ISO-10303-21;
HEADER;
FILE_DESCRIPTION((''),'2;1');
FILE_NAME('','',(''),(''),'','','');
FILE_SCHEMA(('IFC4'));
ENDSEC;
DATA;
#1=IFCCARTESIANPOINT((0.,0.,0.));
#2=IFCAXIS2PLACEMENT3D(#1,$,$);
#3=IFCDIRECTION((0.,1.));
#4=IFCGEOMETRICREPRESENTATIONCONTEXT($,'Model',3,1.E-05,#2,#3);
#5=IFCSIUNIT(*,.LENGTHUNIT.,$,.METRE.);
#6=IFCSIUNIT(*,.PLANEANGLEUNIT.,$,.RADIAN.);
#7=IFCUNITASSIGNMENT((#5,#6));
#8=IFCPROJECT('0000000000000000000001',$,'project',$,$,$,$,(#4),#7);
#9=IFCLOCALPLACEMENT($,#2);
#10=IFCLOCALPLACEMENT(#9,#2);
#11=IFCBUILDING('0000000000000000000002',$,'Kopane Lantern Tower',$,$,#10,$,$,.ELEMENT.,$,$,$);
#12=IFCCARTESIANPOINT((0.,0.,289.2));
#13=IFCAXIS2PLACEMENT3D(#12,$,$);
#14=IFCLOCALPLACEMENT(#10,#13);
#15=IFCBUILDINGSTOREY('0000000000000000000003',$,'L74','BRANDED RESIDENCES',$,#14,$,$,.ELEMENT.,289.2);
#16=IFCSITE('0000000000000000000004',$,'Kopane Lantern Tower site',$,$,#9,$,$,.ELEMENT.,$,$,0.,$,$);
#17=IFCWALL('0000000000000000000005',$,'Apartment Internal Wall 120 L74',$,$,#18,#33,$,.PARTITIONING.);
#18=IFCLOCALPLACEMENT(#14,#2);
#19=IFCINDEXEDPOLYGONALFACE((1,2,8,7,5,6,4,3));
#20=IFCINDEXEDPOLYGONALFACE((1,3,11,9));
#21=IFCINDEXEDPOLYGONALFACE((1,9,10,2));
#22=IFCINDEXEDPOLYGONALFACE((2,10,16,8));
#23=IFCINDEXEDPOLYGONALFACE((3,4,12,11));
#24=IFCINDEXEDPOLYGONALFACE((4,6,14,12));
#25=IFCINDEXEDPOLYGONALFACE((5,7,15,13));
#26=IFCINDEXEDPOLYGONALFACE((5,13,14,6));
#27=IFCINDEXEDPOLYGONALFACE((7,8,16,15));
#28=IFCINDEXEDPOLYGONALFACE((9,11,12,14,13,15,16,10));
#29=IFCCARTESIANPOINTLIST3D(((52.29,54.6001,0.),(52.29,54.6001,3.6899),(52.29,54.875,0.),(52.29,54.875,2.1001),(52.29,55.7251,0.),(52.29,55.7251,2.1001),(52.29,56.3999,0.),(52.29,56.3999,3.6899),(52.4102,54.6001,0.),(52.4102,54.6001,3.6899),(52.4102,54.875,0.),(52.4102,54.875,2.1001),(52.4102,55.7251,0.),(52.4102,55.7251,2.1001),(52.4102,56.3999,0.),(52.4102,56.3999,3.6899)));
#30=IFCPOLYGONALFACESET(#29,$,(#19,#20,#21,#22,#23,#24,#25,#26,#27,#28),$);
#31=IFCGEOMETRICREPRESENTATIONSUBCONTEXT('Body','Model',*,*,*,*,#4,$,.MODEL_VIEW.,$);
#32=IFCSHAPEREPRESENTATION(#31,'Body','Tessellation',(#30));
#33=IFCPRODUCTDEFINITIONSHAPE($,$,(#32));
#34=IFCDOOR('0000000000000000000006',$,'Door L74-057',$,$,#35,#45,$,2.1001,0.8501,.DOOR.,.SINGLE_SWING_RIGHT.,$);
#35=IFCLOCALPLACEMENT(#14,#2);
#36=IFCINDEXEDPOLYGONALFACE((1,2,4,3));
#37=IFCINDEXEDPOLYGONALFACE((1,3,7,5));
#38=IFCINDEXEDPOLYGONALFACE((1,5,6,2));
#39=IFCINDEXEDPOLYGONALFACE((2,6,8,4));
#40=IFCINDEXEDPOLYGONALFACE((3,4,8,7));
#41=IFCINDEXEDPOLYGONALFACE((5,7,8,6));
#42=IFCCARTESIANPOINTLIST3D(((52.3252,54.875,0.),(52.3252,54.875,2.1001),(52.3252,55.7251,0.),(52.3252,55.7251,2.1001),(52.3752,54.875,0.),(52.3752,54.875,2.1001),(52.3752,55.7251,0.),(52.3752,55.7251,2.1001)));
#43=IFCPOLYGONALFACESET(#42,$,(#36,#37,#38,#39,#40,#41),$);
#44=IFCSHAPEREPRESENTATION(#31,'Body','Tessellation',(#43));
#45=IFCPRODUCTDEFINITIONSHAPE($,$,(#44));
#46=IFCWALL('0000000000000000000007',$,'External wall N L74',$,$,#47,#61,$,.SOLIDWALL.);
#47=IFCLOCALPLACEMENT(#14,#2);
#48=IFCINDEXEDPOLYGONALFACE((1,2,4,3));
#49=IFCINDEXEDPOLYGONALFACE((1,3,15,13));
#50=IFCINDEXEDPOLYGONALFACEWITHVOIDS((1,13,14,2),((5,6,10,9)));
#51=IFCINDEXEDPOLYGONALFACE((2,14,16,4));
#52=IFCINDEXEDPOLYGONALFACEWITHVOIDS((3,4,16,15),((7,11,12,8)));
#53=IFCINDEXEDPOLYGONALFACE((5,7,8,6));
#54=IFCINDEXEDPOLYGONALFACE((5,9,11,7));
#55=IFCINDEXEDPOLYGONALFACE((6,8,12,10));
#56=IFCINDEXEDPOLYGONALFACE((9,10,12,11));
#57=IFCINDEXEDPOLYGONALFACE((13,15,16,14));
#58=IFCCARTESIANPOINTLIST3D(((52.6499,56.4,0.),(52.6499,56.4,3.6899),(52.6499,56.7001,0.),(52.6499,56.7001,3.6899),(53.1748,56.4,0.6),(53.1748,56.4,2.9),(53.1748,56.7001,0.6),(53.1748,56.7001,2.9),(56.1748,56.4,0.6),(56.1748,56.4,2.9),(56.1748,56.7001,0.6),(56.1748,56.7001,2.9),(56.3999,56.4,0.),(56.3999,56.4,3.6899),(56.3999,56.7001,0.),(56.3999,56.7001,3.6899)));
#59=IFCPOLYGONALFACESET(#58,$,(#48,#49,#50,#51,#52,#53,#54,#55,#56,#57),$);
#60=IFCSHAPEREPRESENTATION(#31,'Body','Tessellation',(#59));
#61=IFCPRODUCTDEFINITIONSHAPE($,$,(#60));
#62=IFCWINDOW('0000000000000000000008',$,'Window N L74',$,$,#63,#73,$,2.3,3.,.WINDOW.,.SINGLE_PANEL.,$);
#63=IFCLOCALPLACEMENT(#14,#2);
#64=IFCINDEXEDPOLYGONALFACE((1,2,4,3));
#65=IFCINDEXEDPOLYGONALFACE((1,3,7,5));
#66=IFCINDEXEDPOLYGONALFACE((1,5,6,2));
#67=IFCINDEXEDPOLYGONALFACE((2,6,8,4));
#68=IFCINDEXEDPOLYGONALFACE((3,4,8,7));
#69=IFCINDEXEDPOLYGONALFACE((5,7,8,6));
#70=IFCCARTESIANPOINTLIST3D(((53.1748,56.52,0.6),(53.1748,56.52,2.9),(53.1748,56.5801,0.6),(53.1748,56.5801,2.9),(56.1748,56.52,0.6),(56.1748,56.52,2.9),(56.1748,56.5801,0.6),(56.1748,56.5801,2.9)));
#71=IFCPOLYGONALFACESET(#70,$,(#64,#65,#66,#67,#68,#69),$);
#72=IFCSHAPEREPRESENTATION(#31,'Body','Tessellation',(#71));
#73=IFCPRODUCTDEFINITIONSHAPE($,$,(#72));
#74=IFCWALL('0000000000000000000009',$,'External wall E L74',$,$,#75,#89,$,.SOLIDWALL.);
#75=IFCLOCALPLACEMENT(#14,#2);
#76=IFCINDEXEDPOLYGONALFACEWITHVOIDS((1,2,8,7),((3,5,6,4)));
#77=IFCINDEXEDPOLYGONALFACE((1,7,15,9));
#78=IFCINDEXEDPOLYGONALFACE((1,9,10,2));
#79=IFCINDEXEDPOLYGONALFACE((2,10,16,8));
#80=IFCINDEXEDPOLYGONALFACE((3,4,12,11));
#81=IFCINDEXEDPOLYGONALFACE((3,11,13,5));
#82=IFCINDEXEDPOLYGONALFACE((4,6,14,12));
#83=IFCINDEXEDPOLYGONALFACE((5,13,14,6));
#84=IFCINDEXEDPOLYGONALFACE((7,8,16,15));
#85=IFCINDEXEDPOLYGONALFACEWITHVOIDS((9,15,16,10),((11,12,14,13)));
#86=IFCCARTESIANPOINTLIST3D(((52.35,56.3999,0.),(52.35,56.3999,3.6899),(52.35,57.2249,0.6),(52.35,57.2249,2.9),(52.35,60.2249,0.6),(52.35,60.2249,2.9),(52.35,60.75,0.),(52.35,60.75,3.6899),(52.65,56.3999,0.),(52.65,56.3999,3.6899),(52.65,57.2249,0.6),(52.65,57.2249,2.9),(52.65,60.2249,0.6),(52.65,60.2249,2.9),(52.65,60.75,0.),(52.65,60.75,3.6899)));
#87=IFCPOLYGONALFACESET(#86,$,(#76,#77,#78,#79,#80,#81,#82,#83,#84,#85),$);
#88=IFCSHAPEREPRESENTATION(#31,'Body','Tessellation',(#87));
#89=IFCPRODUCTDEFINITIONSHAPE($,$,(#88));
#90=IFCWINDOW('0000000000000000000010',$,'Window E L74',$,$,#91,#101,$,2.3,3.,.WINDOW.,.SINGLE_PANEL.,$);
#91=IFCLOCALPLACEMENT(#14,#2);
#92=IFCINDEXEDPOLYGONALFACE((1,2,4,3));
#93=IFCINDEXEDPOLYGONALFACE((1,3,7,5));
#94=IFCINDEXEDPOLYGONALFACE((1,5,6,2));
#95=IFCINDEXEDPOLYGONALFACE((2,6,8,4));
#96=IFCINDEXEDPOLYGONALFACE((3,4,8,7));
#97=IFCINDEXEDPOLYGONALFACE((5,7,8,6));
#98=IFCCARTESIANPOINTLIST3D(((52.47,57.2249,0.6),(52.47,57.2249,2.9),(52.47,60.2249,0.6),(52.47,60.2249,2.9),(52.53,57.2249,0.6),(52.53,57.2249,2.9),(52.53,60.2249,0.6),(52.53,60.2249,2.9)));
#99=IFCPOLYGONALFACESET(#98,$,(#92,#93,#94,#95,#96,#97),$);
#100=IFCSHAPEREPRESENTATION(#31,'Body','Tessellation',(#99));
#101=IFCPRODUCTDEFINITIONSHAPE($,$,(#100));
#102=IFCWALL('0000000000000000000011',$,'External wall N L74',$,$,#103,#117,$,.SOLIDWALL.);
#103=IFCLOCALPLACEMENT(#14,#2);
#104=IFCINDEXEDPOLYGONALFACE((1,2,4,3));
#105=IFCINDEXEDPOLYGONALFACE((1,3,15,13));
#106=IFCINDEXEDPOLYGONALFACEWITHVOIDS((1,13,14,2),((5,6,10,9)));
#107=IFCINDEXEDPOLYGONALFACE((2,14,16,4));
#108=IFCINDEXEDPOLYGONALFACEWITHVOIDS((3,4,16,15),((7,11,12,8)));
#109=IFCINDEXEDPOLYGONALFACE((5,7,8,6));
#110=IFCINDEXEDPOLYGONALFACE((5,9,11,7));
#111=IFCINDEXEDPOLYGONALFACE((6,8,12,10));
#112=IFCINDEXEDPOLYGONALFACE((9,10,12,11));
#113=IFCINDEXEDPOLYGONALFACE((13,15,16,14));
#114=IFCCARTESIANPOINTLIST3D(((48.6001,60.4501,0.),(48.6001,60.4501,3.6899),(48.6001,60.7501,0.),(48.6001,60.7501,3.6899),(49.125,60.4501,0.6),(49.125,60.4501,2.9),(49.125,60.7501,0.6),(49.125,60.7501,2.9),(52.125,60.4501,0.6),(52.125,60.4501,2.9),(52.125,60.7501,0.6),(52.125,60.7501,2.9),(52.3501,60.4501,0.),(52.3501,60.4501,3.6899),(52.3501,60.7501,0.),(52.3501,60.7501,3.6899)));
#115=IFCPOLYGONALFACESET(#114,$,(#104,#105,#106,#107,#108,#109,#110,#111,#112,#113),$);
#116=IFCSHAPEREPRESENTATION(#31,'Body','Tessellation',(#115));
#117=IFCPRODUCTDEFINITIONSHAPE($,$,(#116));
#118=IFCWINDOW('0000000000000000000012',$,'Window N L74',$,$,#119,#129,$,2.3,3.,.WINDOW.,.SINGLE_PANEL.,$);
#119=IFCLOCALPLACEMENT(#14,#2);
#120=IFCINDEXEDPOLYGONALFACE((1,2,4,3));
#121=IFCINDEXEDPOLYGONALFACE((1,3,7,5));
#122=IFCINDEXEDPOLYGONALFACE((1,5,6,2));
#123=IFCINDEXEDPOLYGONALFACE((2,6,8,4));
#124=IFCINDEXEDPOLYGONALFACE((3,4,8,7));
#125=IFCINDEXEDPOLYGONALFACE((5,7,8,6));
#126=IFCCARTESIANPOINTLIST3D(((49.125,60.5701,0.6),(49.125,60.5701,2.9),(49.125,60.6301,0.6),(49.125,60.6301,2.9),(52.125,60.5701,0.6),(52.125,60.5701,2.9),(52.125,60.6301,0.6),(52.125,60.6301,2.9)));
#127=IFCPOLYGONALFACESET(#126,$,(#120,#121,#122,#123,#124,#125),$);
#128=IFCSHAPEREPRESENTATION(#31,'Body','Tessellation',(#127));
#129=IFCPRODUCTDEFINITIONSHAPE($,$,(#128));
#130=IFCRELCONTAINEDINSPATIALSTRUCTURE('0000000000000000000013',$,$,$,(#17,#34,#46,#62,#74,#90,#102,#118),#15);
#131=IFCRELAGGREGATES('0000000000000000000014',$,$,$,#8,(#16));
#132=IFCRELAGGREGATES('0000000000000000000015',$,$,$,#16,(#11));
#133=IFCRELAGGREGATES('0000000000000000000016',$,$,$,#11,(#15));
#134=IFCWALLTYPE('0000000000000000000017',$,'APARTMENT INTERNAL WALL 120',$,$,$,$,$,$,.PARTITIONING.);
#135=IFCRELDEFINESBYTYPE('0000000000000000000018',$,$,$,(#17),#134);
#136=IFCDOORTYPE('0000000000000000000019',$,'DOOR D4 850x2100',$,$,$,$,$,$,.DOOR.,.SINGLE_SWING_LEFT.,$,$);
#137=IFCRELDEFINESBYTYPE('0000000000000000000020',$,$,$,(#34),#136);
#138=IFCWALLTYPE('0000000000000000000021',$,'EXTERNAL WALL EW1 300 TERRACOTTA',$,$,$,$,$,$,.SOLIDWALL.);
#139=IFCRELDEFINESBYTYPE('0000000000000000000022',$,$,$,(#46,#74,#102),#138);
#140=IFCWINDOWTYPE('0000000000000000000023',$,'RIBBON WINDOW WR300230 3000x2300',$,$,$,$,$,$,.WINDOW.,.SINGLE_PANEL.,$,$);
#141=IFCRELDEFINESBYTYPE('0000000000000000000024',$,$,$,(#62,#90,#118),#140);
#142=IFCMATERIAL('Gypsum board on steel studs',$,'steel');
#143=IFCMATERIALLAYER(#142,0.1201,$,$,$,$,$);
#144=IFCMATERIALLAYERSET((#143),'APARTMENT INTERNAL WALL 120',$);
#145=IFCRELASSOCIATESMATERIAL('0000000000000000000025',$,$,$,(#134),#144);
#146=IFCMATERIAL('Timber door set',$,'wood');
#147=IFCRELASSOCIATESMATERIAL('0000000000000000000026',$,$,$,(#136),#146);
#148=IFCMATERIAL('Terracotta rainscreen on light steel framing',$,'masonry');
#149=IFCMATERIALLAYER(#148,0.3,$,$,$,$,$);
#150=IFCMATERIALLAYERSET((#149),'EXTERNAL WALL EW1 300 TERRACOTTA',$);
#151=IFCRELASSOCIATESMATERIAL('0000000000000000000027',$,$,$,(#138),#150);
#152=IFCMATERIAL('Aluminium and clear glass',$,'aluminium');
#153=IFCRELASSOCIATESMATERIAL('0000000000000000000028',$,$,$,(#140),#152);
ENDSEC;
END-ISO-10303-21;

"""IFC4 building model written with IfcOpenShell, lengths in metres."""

from ifc_helpers import new_model, si_unit, direction, frame, frame_2d, origin, place, context, subcontext, project, spatial, rectangle, extrude, material, layer, layer_set, type_object, element, fill, save


model = new_model("IFC4")

# Units and contexts
model_context = context("Model", 3, precision=1e-05, world=origin(), true_north=direction((0.0, 1.0)))
body_context = subcontext(model_context, "Body", "Model", "MODEL_VIEW")
ifc_project = project(units=[si_unit("LENGTHUNIT", "METRE"), si_unit("PLANEANGLEUNIT", "RADIAN")], contexts=[model_context])

# Site, building, storey
site_placement = place(None, origin())
site = spatial("IfcSite", under=ifc_project, at=site_placement, Name="Kopane Lantern Tower site", CompositionType="ELEMENT", RefElevation=0.0)
building_placement = place(site_placement, origin())
building = spatial("IfcBuilding", under=site, at=building_placement, Name="Kopane Lantern Tower", CompositionType="ELEMENT")
storey_placement = place(building_placement, frame((0.0, 0.0, 289.2)))
storey = spatial("IfcBuildingStorey", under=building, at=storey_placement, Name="L74", Description="BRANDED RESIDENCES", CompositionType="ELEMENT", Elevation=289.2)

# Wall, opening, door
ifc_material_1 = material(Name="Gypsum board on steel studs", Category="steel")
ifc_layer_1 = layer(ifc_material_1, 0.1201)
ifc_layer_set_1 = layer_set([ifc_layer_1], Name="APARTMENT INTERNAL WALL 120")
wall_type_1 = type_object("IfcWallType", Name="APARTMENT INTERNAL WALL 120", PredefinedType="PARTITIONING", material=ifc_layer_set_1)
wall_1_placement = place(storey_placement, frame((52.3501, 54.6001, 0.0), z_axis=(0.0, 0.0, 1.0), x_axis=(0.0, 1.0, 0.0)))
wall_1 = element("IfcWall", 1, at=wall_1_placement, inside=storey, type_object=wall_type_1, Name="Apartment Internal Wall 120 L74", PredefinedType="PARTITIONING", context=body_context, shape_type="SweptSolid", body=[
    extrude(rectangle(XDim=1.7998, YDim=0.1201, at=frame_2d((0.8999, 0.0))), origin(), (0.0, 0.0, 1.0), 3.6899),
])
opening_1_placement = place(wall_1_placement, frame((0.2749, 0.0, 0.0)))
opening_1 = element("IfcOpeningElement", 2, at=opening_1_placement, cuts=wall_1, PredefinedType="OPENING", context=body_context, shape_type="SweptSolid", body=[
    extrude(rectangle(XDim=0.8501, YDim=2.1001, at=frame_2d((0.425, 1.05))), frame((0.0, 0.0701, 0.0), z_axis=(0.0, -1.0, 0.0), x_axis=(1.0, 0.0, 0.0)), (0.0, 0.0, 1.0), 0.1401),
])
ifc_material_2 = material(Name="Timber door set", Category="wood")
door_type = type_object("IfcDoorType", Name="DOOR D4 850x2100", OperationType="SINGLE_SWING_LEFT", PredefinedType="DOOR", material=ifc_material_2)
door_placement = place(opening_1_placement, origin())
door = element("IfcDoor", 3, at=door_placement, inside=storey, type_object=door_type, Name="Door L74-057", OperationType="SINGLE_SWING_RIGHT", OverallHeight=2.1001, OverallWidth=0.8501, PredefinedType="DOOR", context=body_context, shape_type="SweptSolid", body=[
    extrude(rectangle(XDim=0.8501, YDim=2.1001, at=frame_2d((0.425, 1.05))), frame((0.0, 0.0249, 0.0), z_axis=(0.0, -1.0, 0.0), x_axis=(1.0, 0.0, 0.0)), (0.0, 0.0, 1.0), 0.05),
])
fill(opening_1, door)

# Walls, openings, windows
ifc_material_3 = material(Name="Terracotta rainscreen on light steel framing", Category="masonry")
ifc_layer_2 = layer(ifc_material_3, 0.3)
ifc_layer_set_2 = layer_set([ifc_layer_2], Name="EXTERNAL WALL EW1 300 TERRACOTTA")
wall_type_2 = type_object("IfcWallType", Name="EXTERNAL WALL EW1 300 TERRACOTTA", PredefinedType="SOLIDWALL", material=ifc_layer_set_2)
wall_2_placement = place(storey_placement, frame((56.3999, 56.55, 0.0), z_axis=(0.0, 0.0, 1.0), x_axis=(-1.0, 0.0, 0.0)))
wall_2 = element("IfcWall", 4, at=wall_2_placement, inside=storey, type_object=wall_type_2, Name="External wall N L74", PredefinedType="SOLIDWALL", context=body_context, shape_type="SweptSolid", body=[
    extrude(rectangle(XDim=3.75, YDim=0.3, at=frame_2d((1.875, 0.0))), origin(), (0.0, 0.0, 1.0), 3.6899),
])
opening_2_placement = place(wall_2_placement, frame((0.2251, 0.0, 0.6001)))
opening_2 = element("IfcOpeningElement", 5, at=opening_2_placement, cuts=wall_2, PredefinedType="OPENING", context=body_context, shape_type="SweptSolid", body=[
    extrude(rectangle(XDim=3.0, YDim=2.3, at=frame_2d((1.5, 1.1499))), frame((0.0, 0.1599, 0.0), z_axis=(0.0, -1.0, 0.0), x_axis=(1.0, 0.0, 0.0)), (0.0, 0.0, 1.0), 0.3201),
])
ifc_material_4 = material(Name="Aluminium and clear glass", Category="aluminium")
window_type = type_object("IfcWindowType", Name="RIBBON WINDOW WR300230 3000x2300", PartitioningType="SINGLE_PANEL", PredefinedType="WINDOW", material=ifc_material_4)
window_1_placement = place(opening_2_placement, origin())
window_1 = element("IfcWindow", 6, at=window_1_placement, inside=storey, type_object=window_type, Name="Window N L74", OverallHeight=2.3, OverallWidth=3.0, PartitioningType="SINGLE_PANEL", PredefinedType="WINDOW", context=body_context, shape_type="SweptSolid", body=[
    extrude(rectangle(XDim=3.0, YDim=2.3, at=frame_2d((1.5, 1.1499))), frame((0.0, 0.03, 0.0), z_axis=(0.0, -1.0, 0.0), x_axis=(1.0, 0.0, 0.0)), (0.0, 0.0, 1.0), 0.0601),
])
fill(opening_2, window_1)
wall_3_placement = place(storey_placement, frame((52.5, 56.3999, 0.0), z_axis=(0.0, 0.0, 1.0), x_axis=(0.0, 1.0, 0.0)))
wall_3 = element("IfcWall", 7, at=wall_3_placement, inside=storey, type_object=wall_type_2, Name="External wall E L74", PredefinedType="SOLIDWALL", context=body_context, shape_type="SweptSolid", body=[
    extrude(rectangle(XDim=4.3501, YDim=0.3, at=frame_2d((2.175, 0.0))), origin(), (0.0, 0.0, 1.0), 3.6899),
])
opening_3_placement = place(wall_3_placement, frame((0.825, 0.0, 0.6001)))
opening_3 = element("IfcOpeningElement", 8, at=opening_3_placement, cuts=wall_3, PredefinedType="OPENING", context=body_context, shape_type="SweptSolid", body=[
    extrude(rectangle(XDim=3.0, YDim=2.3, at=frame_2d((1.5, 1.1499))), frame((0.0, 0.1599, 0.0), z_axis=(0.0, -1.0, 0.0), x_axis=(1.0, 0.0, 0.0)), (0.0, 0.0, 1.0), 0.3201),
])
window_2_placement = place(opening_3_placement, origin())
window_2 = element("IfcWindow", 9, at=window_2_placement, inside=storey, type_object=window_type, Name="Window E L74", OverallHeight=2.3, OverallWidth=3.0, PartitioningType="SINGLE_PANEL", PredefinedType="WINDOW", context=body_context, shape_type="SweptSolid", body=[
    extrude(rectangle(XDim=3.0, YDim=2.3, at=frame_2d((1.5, 1.1499))), frame((0.0, 0.03, 0.0), z_axis=(0.0, -1.0, 0.0), x_axis=(1.0, 0.0, 0.0)), (0.0, 0.0, 1.0), 0.0601),
])
fill(opening_3, window_2)
wall_4_placement = place(storey_placement, frame((52.3501, 60.6001, 0.0), z_axis=(0.0, 0.0, 1.0), x_axis=(-1.0, 0.0, 0.0)))
wall_4 = element("IfcWall", 10, at=wall_4_placement, inside=storey, type_object=wall_type_2, Name="External wall N L74", PredefinedType="SOLIDWALL", context=body_context, shape_type="SweptSolid", body=[
    extrude(rectangle(XDim=3.75, YDim=0.3, at=frame_2d((1.875, 0.0))), origin(), (0.0, 0.0, 1.0), 3.6899),
])
opening_4_placement = place(wall_4_placement, frame((0.2251, 0.0, 0.6001)))
opening_4 = element("IfcOpeningElement", 11, at=opening_4_placement, cuts=wall_4, PredefinedType="OPENING", context=body_context, shape_type="SweptSolid", body=[
    extrude(rectangle(XDim=3.0, YDim=2.3, at=frame_2d((1.5, 1.1499))), frame((0.0, 0.1599, 0.0), z_axis=(0.0, -1.0, 0.0), x_axis=(1.0, 0.0, 0.0)), (0.0, 0.0, 1.0), 0.3201),
])
window_3_placement = place(opening_4_placement, origin())
window_3 = element("IfcWindow", 12, at=window_3_placement, inside=storey, type_object=window_type, Name="Window N L74", OverallHeight=2.3, OverallWidth=3.0, PartitioningType="SINGLE_PANEL", PredefinedType="WINDOW", context=body_context, shape_type="SweptSolid", body=[
    extrude(rectangle(XDim=3.0, YDim=2.3, at=frame_2d((1.5, 1.1499))), frame((0.0, 0.03, 0.0), z_axis=(0.0, -1.0, 0.0), x_axis=(1.0, 0.0, 0.0)), (0.0, 0.0, 1.0), 0.0601),
])
fill(opening_4, window_3)

save(model, "model.ifc")
